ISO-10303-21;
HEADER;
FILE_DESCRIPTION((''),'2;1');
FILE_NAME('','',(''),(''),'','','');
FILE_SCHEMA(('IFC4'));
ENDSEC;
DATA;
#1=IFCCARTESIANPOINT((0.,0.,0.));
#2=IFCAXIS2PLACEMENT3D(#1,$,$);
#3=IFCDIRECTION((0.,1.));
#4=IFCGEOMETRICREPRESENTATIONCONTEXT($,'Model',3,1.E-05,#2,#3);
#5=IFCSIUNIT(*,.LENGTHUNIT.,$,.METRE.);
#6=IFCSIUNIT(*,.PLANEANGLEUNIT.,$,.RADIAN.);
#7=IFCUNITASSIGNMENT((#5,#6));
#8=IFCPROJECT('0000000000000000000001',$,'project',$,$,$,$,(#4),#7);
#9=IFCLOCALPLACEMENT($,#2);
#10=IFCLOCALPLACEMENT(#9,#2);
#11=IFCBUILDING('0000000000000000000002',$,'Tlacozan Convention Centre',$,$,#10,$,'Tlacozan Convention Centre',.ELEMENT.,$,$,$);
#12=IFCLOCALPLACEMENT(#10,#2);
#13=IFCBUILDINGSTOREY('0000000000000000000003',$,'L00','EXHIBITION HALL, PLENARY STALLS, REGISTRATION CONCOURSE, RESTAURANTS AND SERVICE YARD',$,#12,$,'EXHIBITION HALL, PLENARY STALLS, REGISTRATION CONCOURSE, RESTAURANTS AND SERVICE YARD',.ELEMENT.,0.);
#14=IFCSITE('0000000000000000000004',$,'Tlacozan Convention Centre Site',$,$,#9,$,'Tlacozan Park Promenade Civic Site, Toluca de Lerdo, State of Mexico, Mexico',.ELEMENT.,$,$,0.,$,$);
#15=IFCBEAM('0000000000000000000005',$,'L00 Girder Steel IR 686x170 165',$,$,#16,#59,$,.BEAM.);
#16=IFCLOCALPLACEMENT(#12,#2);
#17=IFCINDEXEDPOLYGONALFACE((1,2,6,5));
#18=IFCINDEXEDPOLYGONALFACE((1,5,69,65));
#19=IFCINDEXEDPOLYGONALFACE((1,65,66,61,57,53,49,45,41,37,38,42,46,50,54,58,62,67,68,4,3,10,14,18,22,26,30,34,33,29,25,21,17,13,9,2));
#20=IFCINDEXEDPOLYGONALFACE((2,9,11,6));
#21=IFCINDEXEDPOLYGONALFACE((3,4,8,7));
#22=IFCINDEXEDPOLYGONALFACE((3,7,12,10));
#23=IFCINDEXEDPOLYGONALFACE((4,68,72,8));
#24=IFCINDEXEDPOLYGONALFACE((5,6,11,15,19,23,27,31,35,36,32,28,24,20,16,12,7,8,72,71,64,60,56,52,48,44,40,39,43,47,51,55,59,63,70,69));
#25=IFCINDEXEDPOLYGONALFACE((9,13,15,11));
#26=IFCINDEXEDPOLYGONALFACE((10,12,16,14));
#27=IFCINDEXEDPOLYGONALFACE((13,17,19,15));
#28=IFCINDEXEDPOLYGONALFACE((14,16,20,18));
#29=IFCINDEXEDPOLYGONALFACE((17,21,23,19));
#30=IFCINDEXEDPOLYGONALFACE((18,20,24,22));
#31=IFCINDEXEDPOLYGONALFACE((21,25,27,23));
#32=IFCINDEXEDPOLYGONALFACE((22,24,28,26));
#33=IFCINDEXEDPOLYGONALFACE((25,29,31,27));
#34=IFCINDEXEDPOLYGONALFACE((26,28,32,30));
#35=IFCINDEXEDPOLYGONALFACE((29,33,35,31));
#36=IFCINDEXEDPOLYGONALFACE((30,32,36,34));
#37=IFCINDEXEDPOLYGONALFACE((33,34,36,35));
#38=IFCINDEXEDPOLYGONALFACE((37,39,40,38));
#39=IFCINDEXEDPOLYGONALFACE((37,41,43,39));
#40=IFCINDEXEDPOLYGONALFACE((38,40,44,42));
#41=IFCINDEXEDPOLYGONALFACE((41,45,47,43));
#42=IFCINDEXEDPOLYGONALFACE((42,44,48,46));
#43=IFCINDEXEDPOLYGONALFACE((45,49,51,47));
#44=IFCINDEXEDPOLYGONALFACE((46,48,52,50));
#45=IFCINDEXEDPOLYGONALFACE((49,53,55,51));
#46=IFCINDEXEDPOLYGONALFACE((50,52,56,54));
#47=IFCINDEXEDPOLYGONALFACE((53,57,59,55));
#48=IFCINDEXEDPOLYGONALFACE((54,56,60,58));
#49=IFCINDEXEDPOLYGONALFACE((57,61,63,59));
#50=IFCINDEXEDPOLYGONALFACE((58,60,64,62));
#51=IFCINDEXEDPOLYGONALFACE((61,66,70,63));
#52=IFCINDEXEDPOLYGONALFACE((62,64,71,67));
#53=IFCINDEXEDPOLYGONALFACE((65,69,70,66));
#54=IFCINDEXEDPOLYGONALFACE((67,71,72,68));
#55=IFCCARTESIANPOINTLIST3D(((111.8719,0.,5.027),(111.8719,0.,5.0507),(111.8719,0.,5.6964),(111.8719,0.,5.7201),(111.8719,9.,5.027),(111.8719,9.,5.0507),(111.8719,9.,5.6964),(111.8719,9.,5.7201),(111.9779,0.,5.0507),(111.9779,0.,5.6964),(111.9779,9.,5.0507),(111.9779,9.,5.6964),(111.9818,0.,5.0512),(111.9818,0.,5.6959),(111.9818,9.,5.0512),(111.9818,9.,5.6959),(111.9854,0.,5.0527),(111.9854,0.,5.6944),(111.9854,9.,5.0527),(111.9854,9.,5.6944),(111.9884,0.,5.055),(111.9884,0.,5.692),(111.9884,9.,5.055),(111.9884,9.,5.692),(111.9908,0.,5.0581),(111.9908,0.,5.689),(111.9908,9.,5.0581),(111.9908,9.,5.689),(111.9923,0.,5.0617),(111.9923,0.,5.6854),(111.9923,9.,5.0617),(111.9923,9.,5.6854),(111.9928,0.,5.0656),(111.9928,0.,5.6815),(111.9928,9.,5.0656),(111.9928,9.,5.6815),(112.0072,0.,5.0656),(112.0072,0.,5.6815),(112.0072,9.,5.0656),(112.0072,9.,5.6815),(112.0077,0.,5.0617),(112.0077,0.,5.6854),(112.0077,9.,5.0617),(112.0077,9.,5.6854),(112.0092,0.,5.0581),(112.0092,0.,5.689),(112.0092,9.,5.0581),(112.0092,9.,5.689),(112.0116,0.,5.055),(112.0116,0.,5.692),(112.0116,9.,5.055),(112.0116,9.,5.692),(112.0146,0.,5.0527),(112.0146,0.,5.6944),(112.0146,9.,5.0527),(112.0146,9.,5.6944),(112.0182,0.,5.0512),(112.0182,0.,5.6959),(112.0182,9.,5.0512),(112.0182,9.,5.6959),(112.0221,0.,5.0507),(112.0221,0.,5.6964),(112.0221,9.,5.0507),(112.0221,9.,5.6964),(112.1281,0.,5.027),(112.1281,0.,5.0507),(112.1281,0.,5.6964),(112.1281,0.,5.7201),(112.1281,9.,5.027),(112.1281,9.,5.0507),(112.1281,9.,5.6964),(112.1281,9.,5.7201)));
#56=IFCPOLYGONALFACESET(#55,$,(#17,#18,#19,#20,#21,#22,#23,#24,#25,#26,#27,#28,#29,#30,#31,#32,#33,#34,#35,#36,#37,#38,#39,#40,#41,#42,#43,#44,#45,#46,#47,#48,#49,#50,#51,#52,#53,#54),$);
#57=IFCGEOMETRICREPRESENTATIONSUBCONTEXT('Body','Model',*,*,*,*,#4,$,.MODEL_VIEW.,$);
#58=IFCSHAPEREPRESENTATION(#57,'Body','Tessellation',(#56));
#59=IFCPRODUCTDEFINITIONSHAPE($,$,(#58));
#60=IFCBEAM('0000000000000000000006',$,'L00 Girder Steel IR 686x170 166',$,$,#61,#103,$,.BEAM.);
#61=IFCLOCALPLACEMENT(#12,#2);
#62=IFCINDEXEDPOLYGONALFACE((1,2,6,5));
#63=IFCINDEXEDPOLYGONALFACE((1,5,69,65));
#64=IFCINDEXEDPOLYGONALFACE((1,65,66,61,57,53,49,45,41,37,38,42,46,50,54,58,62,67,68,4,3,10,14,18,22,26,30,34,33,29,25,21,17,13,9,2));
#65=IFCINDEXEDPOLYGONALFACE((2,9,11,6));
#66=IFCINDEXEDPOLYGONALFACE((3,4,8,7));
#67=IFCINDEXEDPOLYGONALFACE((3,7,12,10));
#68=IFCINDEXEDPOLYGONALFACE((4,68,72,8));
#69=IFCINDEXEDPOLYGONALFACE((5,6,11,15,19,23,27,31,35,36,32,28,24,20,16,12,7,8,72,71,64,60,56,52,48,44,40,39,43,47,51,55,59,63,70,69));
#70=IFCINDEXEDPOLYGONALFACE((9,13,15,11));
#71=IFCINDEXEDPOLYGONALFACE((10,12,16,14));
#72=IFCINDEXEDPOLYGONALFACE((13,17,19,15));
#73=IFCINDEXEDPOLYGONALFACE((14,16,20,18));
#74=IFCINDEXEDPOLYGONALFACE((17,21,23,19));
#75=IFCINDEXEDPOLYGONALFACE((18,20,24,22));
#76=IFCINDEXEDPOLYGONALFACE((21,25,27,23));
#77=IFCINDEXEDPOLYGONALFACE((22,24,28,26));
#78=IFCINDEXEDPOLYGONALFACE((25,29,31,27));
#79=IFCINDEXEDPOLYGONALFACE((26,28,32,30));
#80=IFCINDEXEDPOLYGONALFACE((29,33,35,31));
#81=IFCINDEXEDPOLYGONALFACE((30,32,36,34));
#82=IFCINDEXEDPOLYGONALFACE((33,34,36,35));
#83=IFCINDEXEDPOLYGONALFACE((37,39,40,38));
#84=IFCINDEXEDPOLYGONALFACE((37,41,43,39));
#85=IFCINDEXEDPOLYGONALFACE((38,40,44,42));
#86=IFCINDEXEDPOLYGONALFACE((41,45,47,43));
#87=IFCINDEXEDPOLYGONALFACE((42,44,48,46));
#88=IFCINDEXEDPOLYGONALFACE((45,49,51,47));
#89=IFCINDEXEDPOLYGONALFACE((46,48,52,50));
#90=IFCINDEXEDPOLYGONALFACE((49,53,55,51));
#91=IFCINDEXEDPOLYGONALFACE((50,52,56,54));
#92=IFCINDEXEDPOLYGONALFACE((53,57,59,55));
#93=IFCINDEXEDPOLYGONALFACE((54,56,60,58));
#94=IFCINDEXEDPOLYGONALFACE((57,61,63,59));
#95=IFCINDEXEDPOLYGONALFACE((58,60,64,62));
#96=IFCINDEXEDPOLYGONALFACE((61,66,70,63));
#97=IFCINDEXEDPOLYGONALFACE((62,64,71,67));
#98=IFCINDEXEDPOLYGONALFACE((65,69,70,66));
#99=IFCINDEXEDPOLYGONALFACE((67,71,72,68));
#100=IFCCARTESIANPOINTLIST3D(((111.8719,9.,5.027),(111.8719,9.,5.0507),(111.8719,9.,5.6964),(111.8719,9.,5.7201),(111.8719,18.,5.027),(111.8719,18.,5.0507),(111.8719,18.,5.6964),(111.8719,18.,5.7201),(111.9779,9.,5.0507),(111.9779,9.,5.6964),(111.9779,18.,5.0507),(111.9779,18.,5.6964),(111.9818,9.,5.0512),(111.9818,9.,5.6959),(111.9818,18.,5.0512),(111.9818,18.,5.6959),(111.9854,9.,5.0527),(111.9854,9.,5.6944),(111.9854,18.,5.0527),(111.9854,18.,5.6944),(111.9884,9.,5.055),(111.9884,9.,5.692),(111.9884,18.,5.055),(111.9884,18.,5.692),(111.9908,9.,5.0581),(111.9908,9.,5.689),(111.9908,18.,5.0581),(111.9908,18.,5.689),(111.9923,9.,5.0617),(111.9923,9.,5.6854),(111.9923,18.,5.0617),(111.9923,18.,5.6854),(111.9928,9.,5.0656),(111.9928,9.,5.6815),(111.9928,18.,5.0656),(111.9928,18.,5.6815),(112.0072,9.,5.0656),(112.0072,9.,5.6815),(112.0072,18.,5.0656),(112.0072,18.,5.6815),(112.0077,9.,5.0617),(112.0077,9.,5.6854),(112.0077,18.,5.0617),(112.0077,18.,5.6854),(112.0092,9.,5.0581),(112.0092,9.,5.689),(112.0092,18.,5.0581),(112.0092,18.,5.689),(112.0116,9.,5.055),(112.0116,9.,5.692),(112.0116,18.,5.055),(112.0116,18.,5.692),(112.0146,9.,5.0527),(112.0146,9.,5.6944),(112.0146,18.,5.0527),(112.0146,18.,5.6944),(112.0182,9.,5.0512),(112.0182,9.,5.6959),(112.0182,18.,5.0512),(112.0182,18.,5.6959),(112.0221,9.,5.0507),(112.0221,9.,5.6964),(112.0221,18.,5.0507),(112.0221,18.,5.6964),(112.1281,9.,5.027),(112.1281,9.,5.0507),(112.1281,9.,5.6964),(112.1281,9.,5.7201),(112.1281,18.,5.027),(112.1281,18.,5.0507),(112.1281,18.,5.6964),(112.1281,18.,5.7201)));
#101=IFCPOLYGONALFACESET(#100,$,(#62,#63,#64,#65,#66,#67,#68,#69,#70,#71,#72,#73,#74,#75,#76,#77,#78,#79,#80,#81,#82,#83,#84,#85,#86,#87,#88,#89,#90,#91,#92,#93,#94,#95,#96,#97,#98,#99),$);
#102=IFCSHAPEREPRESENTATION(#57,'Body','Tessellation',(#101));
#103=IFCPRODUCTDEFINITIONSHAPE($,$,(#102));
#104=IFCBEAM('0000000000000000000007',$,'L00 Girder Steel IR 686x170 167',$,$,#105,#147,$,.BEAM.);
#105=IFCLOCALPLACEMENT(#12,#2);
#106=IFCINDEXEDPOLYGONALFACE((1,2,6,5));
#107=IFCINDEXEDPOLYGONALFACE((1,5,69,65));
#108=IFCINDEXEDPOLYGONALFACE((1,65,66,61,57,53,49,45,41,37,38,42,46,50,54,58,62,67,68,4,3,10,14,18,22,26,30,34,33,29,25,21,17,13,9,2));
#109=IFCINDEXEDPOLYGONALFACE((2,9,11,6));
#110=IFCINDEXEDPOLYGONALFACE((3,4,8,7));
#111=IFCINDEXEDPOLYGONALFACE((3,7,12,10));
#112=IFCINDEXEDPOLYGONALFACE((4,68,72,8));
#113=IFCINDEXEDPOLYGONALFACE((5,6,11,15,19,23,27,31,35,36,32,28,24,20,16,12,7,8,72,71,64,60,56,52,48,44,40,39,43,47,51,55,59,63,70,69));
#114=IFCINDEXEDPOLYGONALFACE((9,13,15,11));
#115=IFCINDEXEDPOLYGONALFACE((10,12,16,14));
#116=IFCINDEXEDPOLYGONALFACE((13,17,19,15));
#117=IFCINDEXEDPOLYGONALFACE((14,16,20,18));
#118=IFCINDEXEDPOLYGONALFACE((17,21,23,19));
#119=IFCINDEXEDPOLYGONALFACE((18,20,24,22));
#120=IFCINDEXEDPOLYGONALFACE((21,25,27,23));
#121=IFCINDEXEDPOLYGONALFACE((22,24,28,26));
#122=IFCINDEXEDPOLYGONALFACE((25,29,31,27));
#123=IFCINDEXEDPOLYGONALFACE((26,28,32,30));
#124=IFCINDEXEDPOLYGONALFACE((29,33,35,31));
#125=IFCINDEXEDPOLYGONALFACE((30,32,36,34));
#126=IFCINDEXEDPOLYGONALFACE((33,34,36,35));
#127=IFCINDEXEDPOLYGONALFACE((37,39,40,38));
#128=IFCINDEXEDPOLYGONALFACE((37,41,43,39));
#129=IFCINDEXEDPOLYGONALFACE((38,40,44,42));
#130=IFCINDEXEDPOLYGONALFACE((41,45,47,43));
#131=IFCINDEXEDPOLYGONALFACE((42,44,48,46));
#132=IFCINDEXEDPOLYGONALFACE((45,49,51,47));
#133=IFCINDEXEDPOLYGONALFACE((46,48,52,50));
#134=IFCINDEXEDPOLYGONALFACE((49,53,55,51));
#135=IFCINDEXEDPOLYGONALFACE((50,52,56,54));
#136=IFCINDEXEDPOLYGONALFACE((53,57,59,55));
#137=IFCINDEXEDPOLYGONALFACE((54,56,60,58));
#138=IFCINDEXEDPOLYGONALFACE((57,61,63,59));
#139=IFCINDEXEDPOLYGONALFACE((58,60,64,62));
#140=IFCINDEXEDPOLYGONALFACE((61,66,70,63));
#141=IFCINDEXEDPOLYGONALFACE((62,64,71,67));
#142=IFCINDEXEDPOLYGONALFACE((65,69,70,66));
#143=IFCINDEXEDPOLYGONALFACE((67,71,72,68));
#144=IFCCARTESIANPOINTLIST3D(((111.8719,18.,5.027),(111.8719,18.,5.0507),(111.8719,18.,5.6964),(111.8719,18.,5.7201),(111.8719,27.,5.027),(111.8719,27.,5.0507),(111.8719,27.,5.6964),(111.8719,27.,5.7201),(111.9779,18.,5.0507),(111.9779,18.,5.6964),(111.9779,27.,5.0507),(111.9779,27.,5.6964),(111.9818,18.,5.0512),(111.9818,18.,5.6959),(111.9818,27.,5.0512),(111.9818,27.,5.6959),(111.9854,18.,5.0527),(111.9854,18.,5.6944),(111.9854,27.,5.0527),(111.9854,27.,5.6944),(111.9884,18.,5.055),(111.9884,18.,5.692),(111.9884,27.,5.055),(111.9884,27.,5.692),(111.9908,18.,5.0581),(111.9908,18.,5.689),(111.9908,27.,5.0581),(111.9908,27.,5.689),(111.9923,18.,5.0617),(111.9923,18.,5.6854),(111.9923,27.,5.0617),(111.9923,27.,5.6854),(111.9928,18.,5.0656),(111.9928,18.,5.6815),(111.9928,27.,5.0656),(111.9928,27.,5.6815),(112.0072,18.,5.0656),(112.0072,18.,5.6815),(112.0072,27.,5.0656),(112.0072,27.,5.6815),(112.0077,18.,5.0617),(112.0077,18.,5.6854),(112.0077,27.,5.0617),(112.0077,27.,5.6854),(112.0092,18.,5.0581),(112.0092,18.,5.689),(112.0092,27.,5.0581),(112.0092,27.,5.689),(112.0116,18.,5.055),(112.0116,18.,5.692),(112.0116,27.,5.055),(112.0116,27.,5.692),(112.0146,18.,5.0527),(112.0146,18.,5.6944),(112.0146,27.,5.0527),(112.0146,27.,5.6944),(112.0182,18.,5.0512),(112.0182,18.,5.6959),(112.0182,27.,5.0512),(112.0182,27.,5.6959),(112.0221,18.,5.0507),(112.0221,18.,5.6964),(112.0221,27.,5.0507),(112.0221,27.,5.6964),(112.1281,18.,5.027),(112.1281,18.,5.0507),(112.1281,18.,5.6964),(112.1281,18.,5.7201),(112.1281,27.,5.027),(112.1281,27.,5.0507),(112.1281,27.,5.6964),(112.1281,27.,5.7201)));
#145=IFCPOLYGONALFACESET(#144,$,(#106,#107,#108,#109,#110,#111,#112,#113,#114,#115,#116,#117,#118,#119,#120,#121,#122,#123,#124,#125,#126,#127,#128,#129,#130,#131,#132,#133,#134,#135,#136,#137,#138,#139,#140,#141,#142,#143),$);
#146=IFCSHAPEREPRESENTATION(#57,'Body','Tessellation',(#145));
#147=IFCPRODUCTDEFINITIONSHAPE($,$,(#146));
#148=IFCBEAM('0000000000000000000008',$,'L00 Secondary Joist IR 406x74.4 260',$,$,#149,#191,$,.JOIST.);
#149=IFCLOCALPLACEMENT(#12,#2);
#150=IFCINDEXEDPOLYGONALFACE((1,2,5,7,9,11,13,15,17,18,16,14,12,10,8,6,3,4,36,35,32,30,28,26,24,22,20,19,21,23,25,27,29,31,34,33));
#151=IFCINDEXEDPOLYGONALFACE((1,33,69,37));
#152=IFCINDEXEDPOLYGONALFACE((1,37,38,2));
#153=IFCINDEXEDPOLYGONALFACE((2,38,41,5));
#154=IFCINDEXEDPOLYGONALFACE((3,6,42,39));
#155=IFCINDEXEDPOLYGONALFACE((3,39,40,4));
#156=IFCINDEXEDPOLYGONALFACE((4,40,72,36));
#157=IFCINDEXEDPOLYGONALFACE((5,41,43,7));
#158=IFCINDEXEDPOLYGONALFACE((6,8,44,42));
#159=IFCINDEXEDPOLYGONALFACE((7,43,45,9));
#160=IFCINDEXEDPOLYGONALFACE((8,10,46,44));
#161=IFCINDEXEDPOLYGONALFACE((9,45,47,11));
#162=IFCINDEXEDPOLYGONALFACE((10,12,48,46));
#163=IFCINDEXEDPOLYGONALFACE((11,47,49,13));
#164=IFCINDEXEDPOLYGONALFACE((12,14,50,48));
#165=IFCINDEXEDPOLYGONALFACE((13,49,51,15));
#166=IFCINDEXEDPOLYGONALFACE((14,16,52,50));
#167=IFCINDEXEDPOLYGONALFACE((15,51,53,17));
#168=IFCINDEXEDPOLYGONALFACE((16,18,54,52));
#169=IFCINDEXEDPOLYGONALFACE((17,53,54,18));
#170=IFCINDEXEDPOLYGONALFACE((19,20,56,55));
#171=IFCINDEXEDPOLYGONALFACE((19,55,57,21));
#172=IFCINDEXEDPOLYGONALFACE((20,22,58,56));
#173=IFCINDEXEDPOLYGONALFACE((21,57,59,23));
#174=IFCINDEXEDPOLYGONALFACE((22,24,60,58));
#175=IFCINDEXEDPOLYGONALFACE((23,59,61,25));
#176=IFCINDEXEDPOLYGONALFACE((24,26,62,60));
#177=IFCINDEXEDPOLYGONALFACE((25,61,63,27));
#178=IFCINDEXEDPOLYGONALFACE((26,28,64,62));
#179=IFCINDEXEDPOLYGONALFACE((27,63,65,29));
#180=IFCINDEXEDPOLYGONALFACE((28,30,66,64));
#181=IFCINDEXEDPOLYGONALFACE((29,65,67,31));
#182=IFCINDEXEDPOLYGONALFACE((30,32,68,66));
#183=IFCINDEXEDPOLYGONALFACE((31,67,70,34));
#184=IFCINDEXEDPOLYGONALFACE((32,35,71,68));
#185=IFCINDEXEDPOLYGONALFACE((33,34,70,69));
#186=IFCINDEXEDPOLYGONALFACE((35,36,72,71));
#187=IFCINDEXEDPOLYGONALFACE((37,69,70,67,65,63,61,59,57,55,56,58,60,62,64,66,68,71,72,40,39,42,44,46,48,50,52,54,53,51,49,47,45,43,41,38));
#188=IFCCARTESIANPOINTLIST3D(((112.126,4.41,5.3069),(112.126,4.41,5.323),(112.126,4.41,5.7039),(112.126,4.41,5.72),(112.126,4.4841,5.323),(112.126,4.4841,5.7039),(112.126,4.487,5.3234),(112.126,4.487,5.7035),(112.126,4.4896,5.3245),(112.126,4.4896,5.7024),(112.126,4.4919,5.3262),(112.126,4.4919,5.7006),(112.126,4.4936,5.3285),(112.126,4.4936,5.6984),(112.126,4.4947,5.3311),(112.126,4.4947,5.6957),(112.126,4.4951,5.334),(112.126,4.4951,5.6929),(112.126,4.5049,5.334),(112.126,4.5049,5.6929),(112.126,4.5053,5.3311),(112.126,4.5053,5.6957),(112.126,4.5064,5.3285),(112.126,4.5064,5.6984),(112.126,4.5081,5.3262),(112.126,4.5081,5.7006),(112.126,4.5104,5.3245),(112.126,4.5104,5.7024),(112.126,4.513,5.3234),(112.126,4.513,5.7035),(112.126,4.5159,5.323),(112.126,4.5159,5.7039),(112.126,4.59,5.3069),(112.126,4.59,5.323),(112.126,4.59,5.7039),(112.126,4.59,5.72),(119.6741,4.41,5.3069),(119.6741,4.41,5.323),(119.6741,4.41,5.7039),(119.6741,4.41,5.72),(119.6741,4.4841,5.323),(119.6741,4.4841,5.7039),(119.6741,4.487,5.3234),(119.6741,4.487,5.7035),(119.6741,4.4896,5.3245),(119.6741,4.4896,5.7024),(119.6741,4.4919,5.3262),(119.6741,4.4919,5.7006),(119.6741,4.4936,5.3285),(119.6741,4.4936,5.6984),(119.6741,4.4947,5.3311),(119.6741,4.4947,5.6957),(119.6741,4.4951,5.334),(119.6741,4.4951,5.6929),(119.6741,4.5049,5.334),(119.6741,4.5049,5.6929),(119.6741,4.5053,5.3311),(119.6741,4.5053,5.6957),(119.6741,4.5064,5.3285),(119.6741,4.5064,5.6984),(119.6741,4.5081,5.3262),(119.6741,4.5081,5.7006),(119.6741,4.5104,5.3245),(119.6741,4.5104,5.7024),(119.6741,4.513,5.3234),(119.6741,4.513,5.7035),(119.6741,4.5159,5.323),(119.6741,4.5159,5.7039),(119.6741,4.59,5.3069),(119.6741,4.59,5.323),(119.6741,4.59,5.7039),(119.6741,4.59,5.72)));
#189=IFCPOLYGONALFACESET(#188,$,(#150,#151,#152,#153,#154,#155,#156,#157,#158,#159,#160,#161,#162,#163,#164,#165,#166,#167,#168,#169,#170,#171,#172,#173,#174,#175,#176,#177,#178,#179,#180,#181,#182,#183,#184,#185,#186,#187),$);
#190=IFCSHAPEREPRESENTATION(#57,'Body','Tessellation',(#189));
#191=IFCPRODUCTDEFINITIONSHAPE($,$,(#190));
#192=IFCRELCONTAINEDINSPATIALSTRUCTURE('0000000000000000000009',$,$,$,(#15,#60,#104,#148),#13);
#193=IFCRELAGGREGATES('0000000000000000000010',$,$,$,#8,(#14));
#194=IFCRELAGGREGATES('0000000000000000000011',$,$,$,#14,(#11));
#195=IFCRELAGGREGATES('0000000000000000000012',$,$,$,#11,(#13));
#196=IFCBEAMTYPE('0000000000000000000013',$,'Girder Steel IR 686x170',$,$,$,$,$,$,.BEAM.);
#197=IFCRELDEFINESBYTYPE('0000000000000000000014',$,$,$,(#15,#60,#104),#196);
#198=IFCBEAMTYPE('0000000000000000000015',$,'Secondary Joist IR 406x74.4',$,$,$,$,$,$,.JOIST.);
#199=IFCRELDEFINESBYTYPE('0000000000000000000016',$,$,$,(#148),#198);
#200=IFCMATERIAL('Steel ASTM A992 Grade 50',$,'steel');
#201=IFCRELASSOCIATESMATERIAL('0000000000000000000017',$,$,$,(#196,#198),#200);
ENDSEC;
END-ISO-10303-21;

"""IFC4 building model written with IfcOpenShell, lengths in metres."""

from ifc_helpers import new_model, si_unit, direction, frame, origin, origin_2d, place, context, subcontext, project, spatial, i_section, extrude, material, material_profile, profile_set, type_object, element, save


model = new_model("IFC4")

# Units and contexts
model_context = context("Model", 3, precision=1e-05, world=origin(), true_north=direction((0.0, 1.0)))
body_context = subcontext(model_context, "Body", "Model", "MODEL_VIEW")
ifc_project = project(units=[si_unit("LENGTHUNIT", "METRE"), si_unit("PLANEANGLEUNIT", "RADIAN")], contexts=[model_context])

# Site, building, storey
site_placement = place(None, origin())
site = spatial("IfcSite", under=ifc_project, at=site_placement, Name="Tlacozan Convention Centre Site", LongName="Tlacozan Park Promenade Civic Site, Toluca de Lerdo, State of Mexico, Mexico", CompositionType="ELEMENT", RefElevation=0.0)
building_placement = place(site_placement, origin())
building = spatial("IfcBuilding", under=site, at=building_placement, Name="Tlacozan Convention Centre", LongName="Tlacozan Convention Centre", CompositionType="ELEMENT")
storey_placement = place(building_placement, origin())
storey = spatial("IfcBuildingStorey", under=building, at=storey_placement, Name="L00", Description="EXHIBITION HALL, PLENARY STALLS, REGISTRATION CONCOURSE, RESTAURANTS AND SERVICE YARD", LongName="EXHIBITION HALL, PLENARY STALLS, REGISTRATION CONCOURSE, RESTAURANTS AND SERVICE YARD", CompositionType="ELEMENT", Elevation=0.0)

# Shared definitions
ifc_material_1 = material(Name="Steel ASTM A992 Grade 50", Category="steel")

# Beams
ifc_material_profile_1 = material_profile(ifc_material_1, i_section(OverallWidth=0.2561, OverallDepth=0.6931, WebThickness=0.0144, FlangeThickness=0.0237, FilletRadius=0.0149, at=origin_2d()), Name="IR 686x170.0")
ifc_profile_set_1 = profile_set([ifc_material_profile_1], Name="Steel ASTM A992 Grade 50")
beam_type_1 = type_object("IfcBeamType", Name="Girder Steel IR 686x170", PredefinedType="BEAM", material=ifc_profile_set_1)
for number, where, z_axis, x_axis, name in (
    (1, (112.0, 0.0, 5.3735), (0.0, 1.0, 0.0), (-1.0, 0.0, 0.0), "L00 Girder Steel IR 686x170 165"),
    (2, (112.0, 9.0, 5.3735), (0.0, 1.0, 0.0), (-1.0, 0.0, 0.0), "L00 Girder Steel IR 686x170 166"),
    (3, (112.0, 18.0, 5.3735), (0.0, 1.0, 0.0), (-1.0, 0.0, 0.0), "L00 Girder Steel IR 686x170 167"),
):
    element("IfcBeam", number, at=place(storey_placement, frame(where, z_axis=z_axis, x_axis=x_axis)), inside=storey, type_object=beam_type_1, Name=name, PredefinedType="BEAM", context=body_context, shape_type="SweptSolid", body=[
        extrude(i_section(OverallWidth=0.2561, OverallDepth=0.6931, WebThickness=0.0144, FlangeThickness=0.0237, FilletRadius=0.0149, at=origin_2d()), origin(), (0.0, 0.0, 1.0), 9.0),
    ])
ifc_material_profile_2 = material_profile(ifc_material_1, i_section(OverallWidth=0.1799, OverallDepth=0.4131, WebThickness=0.0098, FlangeThickness=0.0161, FilletRadius=0.011, at=origin_2d()), Name="IR 406x74.4")
ifc_profile_set_2 = profile_set([ifc_material_profile_2], Name="Steel ASTM A992 Grade 50")
beam_type_2 = type_object("IfcBeamType", Name="Secondary Joist IR 406x74.4", PredefinedType="JOIST", material=ifc_profile_set_2)
for number, where, z_axis, x_axis, name in (
    (4, (112.126, 4.5, 5.5134), (1.0, 0.0, 0.0), (0.0, 1.0, 0.0), "L00 Secondary Joist IR 406x74.4 260"),
):
    element("IfcBeam", number, at=place(storey_placement, frame(where, z_axis=z_axis, x_axis=x_axis)), inside=storey, type_object=beam_type_2, Name=name, PredefinedType="JOIST", context=body_context, shape_type="SweptSolid", body=[
        extrude(i_section(OverallWidth=0.1799, OverallDepth=0.4131, WebThickness=0.0098, FlangeThickness=0.0161, FilletRadius=0.011, at=origin_2d()), origin(), (0.0, 0.0, 1.0), 7.5481),
    ])

save(model, "model.ifc")
